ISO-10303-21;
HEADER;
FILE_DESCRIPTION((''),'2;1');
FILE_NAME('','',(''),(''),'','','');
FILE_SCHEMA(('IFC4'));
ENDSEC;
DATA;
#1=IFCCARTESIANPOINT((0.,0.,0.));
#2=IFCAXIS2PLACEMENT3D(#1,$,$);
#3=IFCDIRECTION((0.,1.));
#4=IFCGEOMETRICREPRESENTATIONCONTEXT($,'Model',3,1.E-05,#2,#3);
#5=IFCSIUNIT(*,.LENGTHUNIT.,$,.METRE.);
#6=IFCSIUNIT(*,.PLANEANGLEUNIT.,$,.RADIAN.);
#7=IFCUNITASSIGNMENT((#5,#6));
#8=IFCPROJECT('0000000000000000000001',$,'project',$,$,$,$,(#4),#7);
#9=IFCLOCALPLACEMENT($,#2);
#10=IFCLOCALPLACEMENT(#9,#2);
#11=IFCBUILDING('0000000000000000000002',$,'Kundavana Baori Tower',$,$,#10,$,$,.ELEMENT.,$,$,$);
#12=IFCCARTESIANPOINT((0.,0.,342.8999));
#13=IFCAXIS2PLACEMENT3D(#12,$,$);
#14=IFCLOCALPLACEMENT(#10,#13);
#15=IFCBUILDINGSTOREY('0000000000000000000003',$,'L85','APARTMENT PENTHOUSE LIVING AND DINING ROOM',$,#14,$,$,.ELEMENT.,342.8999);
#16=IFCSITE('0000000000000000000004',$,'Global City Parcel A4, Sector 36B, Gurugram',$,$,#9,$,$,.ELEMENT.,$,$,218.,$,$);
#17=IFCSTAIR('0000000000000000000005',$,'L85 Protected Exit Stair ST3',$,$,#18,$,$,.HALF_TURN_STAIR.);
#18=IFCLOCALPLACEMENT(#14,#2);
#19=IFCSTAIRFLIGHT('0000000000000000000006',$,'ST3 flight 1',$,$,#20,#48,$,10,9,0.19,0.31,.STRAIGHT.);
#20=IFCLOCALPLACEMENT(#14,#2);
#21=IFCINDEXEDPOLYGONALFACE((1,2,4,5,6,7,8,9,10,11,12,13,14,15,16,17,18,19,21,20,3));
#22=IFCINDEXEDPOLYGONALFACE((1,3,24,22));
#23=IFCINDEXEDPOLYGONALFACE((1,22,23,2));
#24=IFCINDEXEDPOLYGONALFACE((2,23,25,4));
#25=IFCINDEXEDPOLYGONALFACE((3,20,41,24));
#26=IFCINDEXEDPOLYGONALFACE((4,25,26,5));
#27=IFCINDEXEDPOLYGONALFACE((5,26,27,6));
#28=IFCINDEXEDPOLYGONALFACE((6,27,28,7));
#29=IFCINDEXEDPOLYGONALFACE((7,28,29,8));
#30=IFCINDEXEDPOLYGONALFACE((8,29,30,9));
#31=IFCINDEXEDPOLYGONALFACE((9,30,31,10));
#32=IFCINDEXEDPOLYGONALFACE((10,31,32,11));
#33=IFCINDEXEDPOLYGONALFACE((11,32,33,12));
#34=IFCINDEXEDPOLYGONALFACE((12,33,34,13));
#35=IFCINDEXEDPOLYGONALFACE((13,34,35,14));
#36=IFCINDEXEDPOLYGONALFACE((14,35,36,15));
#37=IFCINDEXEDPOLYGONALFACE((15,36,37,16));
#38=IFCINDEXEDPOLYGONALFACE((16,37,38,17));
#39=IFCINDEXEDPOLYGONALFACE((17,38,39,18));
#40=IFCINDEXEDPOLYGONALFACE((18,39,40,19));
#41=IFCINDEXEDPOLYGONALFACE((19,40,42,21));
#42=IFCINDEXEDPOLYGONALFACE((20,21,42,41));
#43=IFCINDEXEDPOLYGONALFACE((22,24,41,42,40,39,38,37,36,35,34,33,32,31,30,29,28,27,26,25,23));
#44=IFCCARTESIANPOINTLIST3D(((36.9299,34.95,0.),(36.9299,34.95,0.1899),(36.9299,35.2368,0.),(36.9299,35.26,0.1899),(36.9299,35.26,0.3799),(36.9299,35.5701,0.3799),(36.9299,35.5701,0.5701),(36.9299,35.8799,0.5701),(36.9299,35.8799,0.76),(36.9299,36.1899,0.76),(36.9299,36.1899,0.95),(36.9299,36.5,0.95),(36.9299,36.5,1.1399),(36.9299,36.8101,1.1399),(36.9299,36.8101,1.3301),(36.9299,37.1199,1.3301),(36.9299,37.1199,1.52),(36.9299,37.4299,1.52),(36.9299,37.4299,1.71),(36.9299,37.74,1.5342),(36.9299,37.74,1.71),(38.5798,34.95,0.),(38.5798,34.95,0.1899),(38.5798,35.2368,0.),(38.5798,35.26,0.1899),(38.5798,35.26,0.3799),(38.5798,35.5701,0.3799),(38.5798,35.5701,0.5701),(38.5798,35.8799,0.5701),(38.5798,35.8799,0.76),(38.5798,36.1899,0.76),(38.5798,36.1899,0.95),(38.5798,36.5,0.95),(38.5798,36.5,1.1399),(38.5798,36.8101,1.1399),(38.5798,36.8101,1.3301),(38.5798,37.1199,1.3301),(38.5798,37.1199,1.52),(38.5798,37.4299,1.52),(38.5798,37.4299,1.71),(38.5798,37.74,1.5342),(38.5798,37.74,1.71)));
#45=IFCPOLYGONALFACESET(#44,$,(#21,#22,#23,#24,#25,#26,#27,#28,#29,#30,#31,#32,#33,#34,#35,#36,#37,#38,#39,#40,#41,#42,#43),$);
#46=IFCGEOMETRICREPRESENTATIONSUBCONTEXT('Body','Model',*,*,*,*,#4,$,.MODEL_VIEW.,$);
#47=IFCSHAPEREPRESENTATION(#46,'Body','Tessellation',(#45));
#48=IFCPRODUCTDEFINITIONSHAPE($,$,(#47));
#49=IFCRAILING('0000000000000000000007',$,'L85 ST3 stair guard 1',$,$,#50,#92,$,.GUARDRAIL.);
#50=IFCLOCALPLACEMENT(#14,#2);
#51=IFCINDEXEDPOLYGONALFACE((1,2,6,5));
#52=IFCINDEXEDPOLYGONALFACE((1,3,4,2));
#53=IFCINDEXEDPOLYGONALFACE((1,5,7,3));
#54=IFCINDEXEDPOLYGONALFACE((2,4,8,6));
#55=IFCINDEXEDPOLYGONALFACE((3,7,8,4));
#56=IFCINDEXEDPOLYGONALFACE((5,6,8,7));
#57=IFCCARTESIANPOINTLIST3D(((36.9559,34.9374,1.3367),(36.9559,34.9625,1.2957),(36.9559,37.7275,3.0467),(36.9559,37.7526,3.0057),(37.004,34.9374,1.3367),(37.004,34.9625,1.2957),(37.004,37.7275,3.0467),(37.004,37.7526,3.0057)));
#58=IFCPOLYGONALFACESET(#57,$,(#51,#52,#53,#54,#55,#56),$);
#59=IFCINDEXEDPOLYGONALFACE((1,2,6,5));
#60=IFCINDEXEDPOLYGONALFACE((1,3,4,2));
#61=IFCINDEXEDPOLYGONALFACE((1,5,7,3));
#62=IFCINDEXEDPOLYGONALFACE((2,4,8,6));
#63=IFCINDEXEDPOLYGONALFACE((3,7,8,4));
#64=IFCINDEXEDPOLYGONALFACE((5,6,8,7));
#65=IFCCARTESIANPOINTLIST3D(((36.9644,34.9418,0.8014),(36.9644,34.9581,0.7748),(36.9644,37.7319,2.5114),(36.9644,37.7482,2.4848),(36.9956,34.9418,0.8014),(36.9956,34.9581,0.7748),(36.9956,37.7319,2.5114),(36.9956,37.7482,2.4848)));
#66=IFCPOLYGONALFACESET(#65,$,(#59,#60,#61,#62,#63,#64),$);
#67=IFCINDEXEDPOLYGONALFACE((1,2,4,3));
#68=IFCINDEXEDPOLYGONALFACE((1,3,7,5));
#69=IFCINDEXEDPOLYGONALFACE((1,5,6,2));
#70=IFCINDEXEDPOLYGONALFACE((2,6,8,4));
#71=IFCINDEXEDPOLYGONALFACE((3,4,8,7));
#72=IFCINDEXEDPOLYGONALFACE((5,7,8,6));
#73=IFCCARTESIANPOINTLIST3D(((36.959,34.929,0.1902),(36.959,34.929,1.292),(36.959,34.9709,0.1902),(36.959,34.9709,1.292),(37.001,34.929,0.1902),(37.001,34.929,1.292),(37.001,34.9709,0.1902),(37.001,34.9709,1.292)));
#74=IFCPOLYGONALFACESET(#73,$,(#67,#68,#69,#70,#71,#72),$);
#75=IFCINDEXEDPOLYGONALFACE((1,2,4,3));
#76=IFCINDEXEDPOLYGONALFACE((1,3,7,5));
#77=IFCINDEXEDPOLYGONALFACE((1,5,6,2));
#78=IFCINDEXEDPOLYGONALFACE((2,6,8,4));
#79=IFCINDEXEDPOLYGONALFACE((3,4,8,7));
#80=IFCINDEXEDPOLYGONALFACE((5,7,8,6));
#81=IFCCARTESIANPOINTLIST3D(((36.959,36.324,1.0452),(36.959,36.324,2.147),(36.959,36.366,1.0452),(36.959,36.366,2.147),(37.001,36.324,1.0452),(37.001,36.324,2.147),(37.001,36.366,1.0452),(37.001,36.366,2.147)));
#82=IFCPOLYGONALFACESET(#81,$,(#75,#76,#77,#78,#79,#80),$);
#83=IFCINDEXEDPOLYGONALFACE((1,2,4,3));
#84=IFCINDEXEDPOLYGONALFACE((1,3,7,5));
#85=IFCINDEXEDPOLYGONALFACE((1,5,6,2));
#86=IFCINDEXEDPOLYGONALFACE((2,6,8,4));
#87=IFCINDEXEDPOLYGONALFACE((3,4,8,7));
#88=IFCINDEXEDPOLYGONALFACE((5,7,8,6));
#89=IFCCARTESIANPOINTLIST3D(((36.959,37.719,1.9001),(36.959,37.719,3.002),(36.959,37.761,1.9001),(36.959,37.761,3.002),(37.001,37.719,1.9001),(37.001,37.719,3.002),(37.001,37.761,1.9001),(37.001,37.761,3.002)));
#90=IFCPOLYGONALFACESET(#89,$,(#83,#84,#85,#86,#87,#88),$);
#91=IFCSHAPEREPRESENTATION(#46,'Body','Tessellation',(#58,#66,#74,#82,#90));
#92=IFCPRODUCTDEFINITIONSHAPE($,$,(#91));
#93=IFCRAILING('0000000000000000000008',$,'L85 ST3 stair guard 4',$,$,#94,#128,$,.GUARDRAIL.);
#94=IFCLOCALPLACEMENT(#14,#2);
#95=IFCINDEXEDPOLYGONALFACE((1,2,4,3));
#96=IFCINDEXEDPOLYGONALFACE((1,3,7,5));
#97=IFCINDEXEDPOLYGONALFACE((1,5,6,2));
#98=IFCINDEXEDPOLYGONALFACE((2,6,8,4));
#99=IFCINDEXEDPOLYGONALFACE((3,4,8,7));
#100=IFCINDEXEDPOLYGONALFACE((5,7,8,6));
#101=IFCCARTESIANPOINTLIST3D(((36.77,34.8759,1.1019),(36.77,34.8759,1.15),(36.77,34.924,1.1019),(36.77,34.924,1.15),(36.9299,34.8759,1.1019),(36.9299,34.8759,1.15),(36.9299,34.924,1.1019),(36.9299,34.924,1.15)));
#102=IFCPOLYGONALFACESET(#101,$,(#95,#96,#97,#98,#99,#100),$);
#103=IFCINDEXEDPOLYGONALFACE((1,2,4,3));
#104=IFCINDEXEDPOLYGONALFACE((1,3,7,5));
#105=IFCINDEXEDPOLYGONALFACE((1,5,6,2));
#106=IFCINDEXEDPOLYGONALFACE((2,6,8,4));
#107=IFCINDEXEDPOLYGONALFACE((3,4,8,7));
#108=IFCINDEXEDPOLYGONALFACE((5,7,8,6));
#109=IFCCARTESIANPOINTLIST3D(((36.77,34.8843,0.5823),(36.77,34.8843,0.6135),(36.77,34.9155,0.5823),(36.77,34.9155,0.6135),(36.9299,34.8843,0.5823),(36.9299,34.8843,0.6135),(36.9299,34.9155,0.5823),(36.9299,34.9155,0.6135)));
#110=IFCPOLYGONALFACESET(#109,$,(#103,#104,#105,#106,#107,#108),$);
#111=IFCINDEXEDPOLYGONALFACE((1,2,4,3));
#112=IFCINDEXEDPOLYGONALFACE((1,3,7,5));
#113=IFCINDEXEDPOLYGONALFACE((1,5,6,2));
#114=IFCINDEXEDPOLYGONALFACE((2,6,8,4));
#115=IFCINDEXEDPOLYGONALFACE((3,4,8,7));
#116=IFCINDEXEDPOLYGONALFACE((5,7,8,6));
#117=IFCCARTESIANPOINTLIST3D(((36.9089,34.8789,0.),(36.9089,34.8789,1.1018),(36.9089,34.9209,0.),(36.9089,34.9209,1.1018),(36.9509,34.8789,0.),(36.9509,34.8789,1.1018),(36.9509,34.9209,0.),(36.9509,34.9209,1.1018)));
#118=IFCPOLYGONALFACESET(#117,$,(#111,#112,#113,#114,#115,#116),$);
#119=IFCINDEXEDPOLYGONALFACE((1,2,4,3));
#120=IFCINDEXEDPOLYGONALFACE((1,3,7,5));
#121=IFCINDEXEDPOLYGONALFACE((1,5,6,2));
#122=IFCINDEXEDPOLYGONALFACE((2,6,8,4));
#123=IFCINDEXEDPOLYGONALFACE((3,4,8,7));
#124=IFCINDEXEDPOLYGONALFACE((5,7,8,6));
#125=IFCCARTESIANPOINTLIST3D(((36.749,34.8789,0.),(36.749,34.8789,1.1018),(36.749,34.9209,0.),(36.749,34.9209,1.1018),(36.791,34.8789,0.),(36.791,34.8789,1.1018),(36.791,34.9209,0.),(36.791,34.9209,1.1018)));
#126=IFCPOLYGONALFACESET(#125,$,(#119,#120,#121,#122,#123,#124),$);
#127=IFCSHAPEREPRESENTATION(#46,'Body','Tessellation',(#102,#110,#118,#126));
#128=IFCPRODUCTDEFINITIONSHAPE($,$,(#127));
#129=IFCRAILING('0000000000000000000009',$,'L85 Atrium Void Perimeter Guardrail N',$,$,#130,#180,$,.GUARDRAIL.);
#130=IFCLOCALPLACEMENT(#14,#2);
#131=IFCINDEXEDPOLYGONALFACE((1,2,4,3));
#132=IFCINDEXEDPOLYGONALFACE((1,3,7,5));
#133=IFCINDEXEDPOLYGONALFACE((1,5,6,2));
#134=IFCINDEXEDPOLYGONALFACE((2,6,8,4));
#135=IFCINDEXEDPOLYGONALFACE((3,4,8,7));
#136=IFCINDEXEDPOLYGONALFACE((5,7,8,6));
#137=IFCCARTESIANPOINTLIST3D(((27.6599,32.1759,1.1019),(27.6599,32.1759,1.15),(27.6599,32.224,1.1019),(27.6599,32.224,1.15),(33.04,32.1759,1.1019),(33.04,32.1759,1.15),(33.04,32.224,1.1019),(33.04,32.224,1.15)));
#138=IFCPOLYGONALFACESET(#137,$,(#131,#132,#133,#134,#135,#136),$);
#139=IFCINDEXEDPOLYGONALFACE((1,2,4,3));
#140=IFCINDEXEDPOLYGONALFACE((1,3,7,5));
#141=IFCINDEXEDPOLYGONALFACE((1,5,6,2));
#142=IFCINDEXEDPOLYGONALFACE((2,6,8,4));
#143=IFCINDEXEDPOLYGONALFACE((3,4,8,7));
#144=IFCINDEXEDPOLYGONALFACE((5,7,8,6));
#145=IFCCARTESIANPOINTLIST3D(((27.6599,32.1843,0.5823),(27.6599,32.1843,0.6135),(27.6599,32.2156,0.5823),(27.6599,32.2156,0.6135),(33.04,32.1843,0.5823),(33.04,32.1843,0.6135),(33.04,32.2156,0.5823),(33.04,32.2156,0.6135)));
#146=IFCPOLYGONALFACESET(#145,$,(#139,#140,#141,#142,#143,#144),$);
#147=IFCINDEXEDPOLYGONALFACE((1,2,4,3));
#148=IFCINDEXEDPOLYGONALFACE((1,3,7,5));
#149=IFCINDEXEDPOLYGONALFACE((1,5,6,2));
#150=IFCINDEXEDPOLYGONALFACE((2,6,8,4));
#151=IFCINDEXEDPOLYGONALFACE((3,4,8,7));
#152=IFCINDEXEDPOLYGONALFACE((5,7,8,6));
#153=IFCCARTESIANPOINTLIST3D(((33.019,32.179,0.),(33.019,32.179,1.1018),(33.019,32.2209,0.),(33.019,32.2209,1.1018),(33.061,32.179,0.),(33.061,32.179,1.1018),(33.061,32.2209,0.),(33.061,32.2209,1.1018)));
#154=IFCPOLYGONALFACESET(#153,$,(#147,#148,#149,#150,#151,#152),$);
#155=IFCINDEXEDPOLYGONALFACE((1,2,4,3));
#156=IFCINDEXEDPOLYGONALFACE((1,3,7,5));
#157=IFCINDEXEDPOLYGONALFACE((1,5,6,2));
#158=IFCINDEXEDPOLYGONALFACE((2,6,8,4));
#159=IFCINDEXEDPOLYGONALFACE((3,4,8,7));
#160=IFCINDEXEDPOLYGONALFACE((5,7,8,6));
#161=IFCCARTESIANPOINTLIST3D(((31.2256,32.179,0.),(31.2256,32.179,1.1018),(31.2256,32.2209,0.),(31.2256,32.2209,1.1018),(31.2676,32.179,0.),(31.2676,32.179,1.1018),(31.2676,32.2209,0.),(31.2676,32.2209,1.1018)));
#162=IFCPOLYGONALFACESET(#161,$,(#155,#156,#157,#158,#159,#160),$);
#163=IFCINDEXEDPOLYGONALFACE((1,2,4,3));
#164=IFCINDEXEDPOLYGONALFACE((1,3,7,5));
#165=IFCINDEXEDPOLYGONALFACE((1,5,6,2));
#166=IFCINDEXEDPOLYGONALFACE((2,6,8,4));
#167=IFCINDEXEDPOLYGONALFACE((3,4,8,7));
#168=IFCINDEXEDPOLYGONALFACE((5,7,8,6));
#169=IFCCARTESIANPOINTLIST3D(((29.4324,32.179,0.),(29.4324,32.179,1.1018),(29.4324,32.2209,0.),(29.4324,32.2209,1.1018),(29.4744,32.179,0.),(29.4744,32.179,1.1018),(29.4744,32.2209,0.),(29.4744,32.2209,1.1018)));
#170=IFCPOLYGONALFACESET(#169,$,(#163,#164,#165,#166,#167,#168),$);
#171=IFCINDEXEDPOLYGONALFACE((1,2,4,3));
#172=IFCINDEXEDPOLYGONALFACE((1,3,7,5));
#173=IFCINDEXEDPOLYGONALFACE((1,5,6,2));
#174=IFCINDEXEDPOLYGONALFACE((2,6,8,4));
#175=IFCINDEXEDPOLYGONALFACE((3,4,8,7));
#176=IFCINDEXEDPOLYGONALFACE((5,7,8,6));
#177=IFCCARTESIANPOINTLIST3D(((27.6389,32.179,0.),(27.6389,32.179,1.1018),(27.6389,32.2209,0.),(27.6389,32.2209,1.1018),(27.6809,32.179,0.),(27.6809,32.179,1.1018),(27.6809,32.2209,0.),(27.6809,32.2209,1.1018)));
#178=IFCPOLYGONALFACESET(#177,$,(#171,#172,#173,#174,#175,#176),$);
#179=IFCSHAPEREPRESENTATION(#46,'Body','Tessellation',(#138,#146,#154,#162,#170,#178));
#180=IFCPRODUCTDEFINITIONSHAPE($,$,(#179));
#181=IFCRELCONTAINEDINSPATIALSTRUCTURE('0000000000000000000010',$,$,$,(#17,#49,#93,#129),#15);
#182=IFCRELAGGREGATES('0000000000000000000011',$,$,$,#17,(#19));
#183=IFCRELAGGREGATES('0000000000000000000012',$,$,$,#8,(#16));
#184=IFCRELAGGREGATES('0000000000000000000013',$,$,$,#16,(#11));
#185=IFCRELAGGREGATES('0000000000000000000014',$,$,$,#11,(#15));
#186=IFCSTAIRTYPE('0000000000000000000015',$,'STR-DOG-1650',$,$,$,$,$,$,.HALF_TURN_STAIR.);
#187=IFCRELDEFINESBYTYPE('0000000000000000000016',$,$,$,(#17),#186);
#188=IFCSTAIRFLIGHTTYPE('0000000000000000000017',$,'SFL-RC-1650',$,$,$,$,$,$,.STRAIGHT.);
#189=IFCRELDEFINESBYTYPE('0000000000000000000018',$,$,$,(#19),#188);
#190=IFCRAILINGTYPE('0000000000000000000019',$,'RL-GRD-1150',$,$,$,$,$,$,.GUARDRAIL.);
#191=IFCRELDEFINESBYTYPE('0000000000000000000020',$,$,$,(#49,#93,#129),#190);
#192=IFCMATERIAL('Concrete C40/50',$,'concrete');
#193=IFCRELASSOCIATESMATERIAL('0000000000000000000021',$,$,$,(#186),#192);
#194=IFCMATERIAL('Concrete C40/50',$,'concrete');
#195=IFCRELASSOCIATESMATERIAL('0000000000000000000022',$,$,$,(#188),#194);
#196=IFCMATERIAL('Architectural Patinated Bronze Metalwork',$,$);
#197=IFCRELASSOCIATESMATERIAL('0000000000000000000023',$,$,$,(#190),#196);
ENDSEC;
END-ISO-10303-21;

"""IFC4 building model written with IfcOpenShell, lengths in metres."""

from ifc_helpers import new_model, si_unit, direction, frame, origin, origin_2d, place, context, subcontext, project, spatial, polyline, rectangle, outline, extrude, material, type_object, element, aggregate, save


model = new_model("IFC4")

# Units and contexts
model_context = context("Model", 3, precision=1e-05, world=origin(), true_north=direction((0.0, 1.0)))
body_context = subcontext(model_context, "Body", "Model", "MODEL_VIEW")
ifc_project = project(units=[si_unit("LENGTHUNIT", "METRE"), si_unit("PLANEANGLEUNIT", "RADIAN")], contexts=[model_context])

# Site, building, storey
site_placement = place(None, origin())
site = spatial("IfcSite", under=ifc_project, at=site_placement, Name="Global City Parcel A4, Sector 36B, Gurugram", CompositionType="ELEMENT", RefElevation=218.0)
building_placement = place(site_placement, origin())
building = spatial("IfcBuilding", under=site, at=building_placement, Name="Kundavana Baori Tower", CompositionType="ELEMENT")
storey_placement = place(building_placement, frame((0.0, 0.0, 342.8999)))
storey = spatial("IfcBuildingStorey", under=building, at=storey_placement, Name="L85", Description="APARTMENT PENTHOUSE LIVING AND DINING ROOM", CompositionType="ELEMENT", Elevation=342.8999)

# Stair, stair flight
ifc_material_1 = material(Name="Concrete C40/50", Category="concrete")
stair_type = type_object("IfcStairType", Name="STR-DOG-1650", PredefinedType="HALF_TURN_STAIR", material=ifc_material_1)
stair_placement = place(storey_placement, origin())
stair = element("IfcStair", 1, at=stair_placement, inside=storey, type_object=stair_type, Name="L85 Protected Exit Stair ST3", PredefinedType="HALF_TURN_STAIR")
ifc_material_2 = material(Name="Concrete C40/50", Category="concrete")
stair_flight_type = type_object("IfcStairFlightType", Name="SFL-RC-1650", PredefinedType="STRAIGHT", material=ifc_material_2)
stair_flight_placement = place(storey_placement, frame((37.7549, 34.95, 0.0), z_axis=(0.0, 0.0, 1.0), x_axis=(0.0, 1.0, 0.0)))
stair_flight = element("IfcStairFlight", 2, at=stair_flight_placement, type_object=stair_flight_type, Name="ST3 flight 1", NumberOfRisers=10, NumberOfTreads=9, PredefinedType="STRAIGHT", RiserHeight=0.19, TreadLength=0.31, context=body_context, shape_type="SweptSolid", body=[
    extrude(outline(polyline([(0.0, 0.0), (0.0, 0.1899), (0.3101, 0.1899), (0.3101, 0.3799), (0.6201, 0.3799), (0.6201, 0.5701), (0.9299, 0.5701), (0.9299, 0.76), (1.24, 0.76), (1.24, 0.95), (1.55, 0.95), (1.55, 1.1399), (1.8601, 1.1399), (1.8601, 1.3301), (2.1699, 1.3301), (2.1699, 1.52), (2.48, 1.52), (2.48, 1.71), (2.79, 1.71), (2.79, 1.8999), (2.79, 1.5342), (0.2869, 0.0), (0.0, 0.0)])), frame((0.0, 0.825, 0.0), z_axis=(0.0, -1.0, 0.0), x_axis=(1.0, 0.0, 0.0)), (0.0, 0.0, 1.0), 1.6499),
])
aggregate(stair, [stair_flight])

# Railings
ifc_material_3 = material(Name="Architectural Patinated Bronze Metalwork")
railing_type = type_object("IfcRailingType", Name="RL-GRD-1150", PredefinedType="GUARDRAIL", material=ifc_material_3)
railing_1_placement = place(storey_placement, frame((36.98, 34.95, 0.1902)))
element("IfcRailing", 3, at=railing_1_placement, inside=storey, type_object=railing_type, Name="L85 ST3 stair guard 1", PredefinedType="GUARDRAIL", context=body_context, shape_type="SweptSolid", body=[
    extrude(rectangle(XDim=0.0481, YDim=0.0481, at=origin_2d()), frame((0.0, 0.0, 1.126), z_axis=(0.0, 0.85261, 0.522548), x_axis=(-1.0, 0.0, 0.0)), (0.0, 0.0, 1.0), 3.2725),
    extrude(rectangle(XDim=0.0312, YDim=0.0312, at=origin_2d()), frame((0.0, 0.0, 0.5979), z_axis=(0.0, 0.85261, 0.522548), x_axis=(-1.0, 0.0, 0.0)), (0.0, 0.0, 1.0), 3.2725),
    extrude(rectangle(XDim=0.042, YDim=0.042, at=origin_2d()), origin(), (0.0, 0.0, 1.0), 1.1018),
    extrude(rectangle(XDim=0.042, YDim=0.042, at=origin_2d()), frame((0.0, 1.395, 0.855)), (0.0, 0.0, 1.0), 1.1018),
    extrude(rectangle(XDim=0.042, YDim=0.042, at=origin_2d()), frame((0.0, 2.79, 1.71)), (0.0, 0.0, 1.0), 1.1018),
])
railing_2_placement = place(storey_placement, frame((36.9299, 34.8999, 0.0)))
element("IfcRailing", 4, at=railing_2_placement, inside=storey, type_object=railing_type, Name="L85 ST3 stair guard 4", PredefinedType="GUARDRAIL", context=body_context, shape_type="SweptSolid", body=[
    extrude(rectangle(XDim=0.0481, YDim=0.0481, at=origin_2d()), frame((0.0, 0.0, 1.126), z_axis=(-1.0, 0.0, 0.0), x_axis=(0.0, -1.0, 0.0)), (0.0, 0.0, 1.0), 0.1599),
    extrude(rectangle(XDim=0.0312, YDim=0.0312, at=origin_2d()), frame((0.0, 0.0, 0.5979), z_axis=(-1.0, 0.0, 0.0), x_axis=(0.0, -1.0, 0.0)), (0.0, 0.0, 1.0), 0.1599),
    extrude(rectangle(XDim=0.042, YDim=0.042, at=origin_2d()), origin(), (0.0, 0.0, 1.0), 1.1018),
    extrude(rectangle(XDim=0.042, YDim=0.042, at=origin_2d()), frame((-0.1599, 0.0, 0.0)), (0.0, 0.0, 1.0), 1.1018),
])
railing_3_placement = place(storey_placement, frame((33.04, 32.2, 0.0)))
element("IfcRailing", 5, at=railing_3_placement, inside=storey, type_object=railing_type, Name="L85 Atrium Void Perimeter Guardrail N", PredefinedType="GUARDRAIL", context=body_context, shape_type="SweptSolid", body=[
    extrude(rectangle(XDim=0.0481, YDim=0.0481, at=origin_2d()), frame((0.0, 0.0, 1.126), z_axis=(-1.0, 0.0, 0.0), x_axis=(0.0, -1.0, 0.0)), (0.0, 0.0, 1.0), 5.3801),
    extrude(rectangle(XDim=0.0312, YDim=0.0312, at=origin_2d()), frame((0.0, 0.0, 0.5979), z_axis=(-1.0, 0.0, 0.0), x_axis=(0.0, -1.0, 0.0)), (0.0, 0.0, 1.0), 5.3801),
    extrude(rectangle(XDim=0.042, YDim=0.042, at=origin_2d()), origin(), (0.0, 0.0, 1.0), 1.1018),
    extrude(rectangle(XDim=0.042, YDim=0.042, at=origin_2d()), frame((-1.7935, 0.0, 0.0)), (0.0, 0.0, 1.0), 1.1018),
    extrude(rectangle(XDim=0.042, YDim=0.042, at=origin_2d()), frame((-3.5867, 0.0, 0.0)), (0.0, 0.0, 1.0), 1.1018),
    extrude(rectangle(XDim=0.042, YDim=0.042, at=origin_2d()), frame((-5.3801, 0.0, 0.0)), (0.0, 0.0, 1.0), 1.1018),
])

save(model, "model.ifc")
